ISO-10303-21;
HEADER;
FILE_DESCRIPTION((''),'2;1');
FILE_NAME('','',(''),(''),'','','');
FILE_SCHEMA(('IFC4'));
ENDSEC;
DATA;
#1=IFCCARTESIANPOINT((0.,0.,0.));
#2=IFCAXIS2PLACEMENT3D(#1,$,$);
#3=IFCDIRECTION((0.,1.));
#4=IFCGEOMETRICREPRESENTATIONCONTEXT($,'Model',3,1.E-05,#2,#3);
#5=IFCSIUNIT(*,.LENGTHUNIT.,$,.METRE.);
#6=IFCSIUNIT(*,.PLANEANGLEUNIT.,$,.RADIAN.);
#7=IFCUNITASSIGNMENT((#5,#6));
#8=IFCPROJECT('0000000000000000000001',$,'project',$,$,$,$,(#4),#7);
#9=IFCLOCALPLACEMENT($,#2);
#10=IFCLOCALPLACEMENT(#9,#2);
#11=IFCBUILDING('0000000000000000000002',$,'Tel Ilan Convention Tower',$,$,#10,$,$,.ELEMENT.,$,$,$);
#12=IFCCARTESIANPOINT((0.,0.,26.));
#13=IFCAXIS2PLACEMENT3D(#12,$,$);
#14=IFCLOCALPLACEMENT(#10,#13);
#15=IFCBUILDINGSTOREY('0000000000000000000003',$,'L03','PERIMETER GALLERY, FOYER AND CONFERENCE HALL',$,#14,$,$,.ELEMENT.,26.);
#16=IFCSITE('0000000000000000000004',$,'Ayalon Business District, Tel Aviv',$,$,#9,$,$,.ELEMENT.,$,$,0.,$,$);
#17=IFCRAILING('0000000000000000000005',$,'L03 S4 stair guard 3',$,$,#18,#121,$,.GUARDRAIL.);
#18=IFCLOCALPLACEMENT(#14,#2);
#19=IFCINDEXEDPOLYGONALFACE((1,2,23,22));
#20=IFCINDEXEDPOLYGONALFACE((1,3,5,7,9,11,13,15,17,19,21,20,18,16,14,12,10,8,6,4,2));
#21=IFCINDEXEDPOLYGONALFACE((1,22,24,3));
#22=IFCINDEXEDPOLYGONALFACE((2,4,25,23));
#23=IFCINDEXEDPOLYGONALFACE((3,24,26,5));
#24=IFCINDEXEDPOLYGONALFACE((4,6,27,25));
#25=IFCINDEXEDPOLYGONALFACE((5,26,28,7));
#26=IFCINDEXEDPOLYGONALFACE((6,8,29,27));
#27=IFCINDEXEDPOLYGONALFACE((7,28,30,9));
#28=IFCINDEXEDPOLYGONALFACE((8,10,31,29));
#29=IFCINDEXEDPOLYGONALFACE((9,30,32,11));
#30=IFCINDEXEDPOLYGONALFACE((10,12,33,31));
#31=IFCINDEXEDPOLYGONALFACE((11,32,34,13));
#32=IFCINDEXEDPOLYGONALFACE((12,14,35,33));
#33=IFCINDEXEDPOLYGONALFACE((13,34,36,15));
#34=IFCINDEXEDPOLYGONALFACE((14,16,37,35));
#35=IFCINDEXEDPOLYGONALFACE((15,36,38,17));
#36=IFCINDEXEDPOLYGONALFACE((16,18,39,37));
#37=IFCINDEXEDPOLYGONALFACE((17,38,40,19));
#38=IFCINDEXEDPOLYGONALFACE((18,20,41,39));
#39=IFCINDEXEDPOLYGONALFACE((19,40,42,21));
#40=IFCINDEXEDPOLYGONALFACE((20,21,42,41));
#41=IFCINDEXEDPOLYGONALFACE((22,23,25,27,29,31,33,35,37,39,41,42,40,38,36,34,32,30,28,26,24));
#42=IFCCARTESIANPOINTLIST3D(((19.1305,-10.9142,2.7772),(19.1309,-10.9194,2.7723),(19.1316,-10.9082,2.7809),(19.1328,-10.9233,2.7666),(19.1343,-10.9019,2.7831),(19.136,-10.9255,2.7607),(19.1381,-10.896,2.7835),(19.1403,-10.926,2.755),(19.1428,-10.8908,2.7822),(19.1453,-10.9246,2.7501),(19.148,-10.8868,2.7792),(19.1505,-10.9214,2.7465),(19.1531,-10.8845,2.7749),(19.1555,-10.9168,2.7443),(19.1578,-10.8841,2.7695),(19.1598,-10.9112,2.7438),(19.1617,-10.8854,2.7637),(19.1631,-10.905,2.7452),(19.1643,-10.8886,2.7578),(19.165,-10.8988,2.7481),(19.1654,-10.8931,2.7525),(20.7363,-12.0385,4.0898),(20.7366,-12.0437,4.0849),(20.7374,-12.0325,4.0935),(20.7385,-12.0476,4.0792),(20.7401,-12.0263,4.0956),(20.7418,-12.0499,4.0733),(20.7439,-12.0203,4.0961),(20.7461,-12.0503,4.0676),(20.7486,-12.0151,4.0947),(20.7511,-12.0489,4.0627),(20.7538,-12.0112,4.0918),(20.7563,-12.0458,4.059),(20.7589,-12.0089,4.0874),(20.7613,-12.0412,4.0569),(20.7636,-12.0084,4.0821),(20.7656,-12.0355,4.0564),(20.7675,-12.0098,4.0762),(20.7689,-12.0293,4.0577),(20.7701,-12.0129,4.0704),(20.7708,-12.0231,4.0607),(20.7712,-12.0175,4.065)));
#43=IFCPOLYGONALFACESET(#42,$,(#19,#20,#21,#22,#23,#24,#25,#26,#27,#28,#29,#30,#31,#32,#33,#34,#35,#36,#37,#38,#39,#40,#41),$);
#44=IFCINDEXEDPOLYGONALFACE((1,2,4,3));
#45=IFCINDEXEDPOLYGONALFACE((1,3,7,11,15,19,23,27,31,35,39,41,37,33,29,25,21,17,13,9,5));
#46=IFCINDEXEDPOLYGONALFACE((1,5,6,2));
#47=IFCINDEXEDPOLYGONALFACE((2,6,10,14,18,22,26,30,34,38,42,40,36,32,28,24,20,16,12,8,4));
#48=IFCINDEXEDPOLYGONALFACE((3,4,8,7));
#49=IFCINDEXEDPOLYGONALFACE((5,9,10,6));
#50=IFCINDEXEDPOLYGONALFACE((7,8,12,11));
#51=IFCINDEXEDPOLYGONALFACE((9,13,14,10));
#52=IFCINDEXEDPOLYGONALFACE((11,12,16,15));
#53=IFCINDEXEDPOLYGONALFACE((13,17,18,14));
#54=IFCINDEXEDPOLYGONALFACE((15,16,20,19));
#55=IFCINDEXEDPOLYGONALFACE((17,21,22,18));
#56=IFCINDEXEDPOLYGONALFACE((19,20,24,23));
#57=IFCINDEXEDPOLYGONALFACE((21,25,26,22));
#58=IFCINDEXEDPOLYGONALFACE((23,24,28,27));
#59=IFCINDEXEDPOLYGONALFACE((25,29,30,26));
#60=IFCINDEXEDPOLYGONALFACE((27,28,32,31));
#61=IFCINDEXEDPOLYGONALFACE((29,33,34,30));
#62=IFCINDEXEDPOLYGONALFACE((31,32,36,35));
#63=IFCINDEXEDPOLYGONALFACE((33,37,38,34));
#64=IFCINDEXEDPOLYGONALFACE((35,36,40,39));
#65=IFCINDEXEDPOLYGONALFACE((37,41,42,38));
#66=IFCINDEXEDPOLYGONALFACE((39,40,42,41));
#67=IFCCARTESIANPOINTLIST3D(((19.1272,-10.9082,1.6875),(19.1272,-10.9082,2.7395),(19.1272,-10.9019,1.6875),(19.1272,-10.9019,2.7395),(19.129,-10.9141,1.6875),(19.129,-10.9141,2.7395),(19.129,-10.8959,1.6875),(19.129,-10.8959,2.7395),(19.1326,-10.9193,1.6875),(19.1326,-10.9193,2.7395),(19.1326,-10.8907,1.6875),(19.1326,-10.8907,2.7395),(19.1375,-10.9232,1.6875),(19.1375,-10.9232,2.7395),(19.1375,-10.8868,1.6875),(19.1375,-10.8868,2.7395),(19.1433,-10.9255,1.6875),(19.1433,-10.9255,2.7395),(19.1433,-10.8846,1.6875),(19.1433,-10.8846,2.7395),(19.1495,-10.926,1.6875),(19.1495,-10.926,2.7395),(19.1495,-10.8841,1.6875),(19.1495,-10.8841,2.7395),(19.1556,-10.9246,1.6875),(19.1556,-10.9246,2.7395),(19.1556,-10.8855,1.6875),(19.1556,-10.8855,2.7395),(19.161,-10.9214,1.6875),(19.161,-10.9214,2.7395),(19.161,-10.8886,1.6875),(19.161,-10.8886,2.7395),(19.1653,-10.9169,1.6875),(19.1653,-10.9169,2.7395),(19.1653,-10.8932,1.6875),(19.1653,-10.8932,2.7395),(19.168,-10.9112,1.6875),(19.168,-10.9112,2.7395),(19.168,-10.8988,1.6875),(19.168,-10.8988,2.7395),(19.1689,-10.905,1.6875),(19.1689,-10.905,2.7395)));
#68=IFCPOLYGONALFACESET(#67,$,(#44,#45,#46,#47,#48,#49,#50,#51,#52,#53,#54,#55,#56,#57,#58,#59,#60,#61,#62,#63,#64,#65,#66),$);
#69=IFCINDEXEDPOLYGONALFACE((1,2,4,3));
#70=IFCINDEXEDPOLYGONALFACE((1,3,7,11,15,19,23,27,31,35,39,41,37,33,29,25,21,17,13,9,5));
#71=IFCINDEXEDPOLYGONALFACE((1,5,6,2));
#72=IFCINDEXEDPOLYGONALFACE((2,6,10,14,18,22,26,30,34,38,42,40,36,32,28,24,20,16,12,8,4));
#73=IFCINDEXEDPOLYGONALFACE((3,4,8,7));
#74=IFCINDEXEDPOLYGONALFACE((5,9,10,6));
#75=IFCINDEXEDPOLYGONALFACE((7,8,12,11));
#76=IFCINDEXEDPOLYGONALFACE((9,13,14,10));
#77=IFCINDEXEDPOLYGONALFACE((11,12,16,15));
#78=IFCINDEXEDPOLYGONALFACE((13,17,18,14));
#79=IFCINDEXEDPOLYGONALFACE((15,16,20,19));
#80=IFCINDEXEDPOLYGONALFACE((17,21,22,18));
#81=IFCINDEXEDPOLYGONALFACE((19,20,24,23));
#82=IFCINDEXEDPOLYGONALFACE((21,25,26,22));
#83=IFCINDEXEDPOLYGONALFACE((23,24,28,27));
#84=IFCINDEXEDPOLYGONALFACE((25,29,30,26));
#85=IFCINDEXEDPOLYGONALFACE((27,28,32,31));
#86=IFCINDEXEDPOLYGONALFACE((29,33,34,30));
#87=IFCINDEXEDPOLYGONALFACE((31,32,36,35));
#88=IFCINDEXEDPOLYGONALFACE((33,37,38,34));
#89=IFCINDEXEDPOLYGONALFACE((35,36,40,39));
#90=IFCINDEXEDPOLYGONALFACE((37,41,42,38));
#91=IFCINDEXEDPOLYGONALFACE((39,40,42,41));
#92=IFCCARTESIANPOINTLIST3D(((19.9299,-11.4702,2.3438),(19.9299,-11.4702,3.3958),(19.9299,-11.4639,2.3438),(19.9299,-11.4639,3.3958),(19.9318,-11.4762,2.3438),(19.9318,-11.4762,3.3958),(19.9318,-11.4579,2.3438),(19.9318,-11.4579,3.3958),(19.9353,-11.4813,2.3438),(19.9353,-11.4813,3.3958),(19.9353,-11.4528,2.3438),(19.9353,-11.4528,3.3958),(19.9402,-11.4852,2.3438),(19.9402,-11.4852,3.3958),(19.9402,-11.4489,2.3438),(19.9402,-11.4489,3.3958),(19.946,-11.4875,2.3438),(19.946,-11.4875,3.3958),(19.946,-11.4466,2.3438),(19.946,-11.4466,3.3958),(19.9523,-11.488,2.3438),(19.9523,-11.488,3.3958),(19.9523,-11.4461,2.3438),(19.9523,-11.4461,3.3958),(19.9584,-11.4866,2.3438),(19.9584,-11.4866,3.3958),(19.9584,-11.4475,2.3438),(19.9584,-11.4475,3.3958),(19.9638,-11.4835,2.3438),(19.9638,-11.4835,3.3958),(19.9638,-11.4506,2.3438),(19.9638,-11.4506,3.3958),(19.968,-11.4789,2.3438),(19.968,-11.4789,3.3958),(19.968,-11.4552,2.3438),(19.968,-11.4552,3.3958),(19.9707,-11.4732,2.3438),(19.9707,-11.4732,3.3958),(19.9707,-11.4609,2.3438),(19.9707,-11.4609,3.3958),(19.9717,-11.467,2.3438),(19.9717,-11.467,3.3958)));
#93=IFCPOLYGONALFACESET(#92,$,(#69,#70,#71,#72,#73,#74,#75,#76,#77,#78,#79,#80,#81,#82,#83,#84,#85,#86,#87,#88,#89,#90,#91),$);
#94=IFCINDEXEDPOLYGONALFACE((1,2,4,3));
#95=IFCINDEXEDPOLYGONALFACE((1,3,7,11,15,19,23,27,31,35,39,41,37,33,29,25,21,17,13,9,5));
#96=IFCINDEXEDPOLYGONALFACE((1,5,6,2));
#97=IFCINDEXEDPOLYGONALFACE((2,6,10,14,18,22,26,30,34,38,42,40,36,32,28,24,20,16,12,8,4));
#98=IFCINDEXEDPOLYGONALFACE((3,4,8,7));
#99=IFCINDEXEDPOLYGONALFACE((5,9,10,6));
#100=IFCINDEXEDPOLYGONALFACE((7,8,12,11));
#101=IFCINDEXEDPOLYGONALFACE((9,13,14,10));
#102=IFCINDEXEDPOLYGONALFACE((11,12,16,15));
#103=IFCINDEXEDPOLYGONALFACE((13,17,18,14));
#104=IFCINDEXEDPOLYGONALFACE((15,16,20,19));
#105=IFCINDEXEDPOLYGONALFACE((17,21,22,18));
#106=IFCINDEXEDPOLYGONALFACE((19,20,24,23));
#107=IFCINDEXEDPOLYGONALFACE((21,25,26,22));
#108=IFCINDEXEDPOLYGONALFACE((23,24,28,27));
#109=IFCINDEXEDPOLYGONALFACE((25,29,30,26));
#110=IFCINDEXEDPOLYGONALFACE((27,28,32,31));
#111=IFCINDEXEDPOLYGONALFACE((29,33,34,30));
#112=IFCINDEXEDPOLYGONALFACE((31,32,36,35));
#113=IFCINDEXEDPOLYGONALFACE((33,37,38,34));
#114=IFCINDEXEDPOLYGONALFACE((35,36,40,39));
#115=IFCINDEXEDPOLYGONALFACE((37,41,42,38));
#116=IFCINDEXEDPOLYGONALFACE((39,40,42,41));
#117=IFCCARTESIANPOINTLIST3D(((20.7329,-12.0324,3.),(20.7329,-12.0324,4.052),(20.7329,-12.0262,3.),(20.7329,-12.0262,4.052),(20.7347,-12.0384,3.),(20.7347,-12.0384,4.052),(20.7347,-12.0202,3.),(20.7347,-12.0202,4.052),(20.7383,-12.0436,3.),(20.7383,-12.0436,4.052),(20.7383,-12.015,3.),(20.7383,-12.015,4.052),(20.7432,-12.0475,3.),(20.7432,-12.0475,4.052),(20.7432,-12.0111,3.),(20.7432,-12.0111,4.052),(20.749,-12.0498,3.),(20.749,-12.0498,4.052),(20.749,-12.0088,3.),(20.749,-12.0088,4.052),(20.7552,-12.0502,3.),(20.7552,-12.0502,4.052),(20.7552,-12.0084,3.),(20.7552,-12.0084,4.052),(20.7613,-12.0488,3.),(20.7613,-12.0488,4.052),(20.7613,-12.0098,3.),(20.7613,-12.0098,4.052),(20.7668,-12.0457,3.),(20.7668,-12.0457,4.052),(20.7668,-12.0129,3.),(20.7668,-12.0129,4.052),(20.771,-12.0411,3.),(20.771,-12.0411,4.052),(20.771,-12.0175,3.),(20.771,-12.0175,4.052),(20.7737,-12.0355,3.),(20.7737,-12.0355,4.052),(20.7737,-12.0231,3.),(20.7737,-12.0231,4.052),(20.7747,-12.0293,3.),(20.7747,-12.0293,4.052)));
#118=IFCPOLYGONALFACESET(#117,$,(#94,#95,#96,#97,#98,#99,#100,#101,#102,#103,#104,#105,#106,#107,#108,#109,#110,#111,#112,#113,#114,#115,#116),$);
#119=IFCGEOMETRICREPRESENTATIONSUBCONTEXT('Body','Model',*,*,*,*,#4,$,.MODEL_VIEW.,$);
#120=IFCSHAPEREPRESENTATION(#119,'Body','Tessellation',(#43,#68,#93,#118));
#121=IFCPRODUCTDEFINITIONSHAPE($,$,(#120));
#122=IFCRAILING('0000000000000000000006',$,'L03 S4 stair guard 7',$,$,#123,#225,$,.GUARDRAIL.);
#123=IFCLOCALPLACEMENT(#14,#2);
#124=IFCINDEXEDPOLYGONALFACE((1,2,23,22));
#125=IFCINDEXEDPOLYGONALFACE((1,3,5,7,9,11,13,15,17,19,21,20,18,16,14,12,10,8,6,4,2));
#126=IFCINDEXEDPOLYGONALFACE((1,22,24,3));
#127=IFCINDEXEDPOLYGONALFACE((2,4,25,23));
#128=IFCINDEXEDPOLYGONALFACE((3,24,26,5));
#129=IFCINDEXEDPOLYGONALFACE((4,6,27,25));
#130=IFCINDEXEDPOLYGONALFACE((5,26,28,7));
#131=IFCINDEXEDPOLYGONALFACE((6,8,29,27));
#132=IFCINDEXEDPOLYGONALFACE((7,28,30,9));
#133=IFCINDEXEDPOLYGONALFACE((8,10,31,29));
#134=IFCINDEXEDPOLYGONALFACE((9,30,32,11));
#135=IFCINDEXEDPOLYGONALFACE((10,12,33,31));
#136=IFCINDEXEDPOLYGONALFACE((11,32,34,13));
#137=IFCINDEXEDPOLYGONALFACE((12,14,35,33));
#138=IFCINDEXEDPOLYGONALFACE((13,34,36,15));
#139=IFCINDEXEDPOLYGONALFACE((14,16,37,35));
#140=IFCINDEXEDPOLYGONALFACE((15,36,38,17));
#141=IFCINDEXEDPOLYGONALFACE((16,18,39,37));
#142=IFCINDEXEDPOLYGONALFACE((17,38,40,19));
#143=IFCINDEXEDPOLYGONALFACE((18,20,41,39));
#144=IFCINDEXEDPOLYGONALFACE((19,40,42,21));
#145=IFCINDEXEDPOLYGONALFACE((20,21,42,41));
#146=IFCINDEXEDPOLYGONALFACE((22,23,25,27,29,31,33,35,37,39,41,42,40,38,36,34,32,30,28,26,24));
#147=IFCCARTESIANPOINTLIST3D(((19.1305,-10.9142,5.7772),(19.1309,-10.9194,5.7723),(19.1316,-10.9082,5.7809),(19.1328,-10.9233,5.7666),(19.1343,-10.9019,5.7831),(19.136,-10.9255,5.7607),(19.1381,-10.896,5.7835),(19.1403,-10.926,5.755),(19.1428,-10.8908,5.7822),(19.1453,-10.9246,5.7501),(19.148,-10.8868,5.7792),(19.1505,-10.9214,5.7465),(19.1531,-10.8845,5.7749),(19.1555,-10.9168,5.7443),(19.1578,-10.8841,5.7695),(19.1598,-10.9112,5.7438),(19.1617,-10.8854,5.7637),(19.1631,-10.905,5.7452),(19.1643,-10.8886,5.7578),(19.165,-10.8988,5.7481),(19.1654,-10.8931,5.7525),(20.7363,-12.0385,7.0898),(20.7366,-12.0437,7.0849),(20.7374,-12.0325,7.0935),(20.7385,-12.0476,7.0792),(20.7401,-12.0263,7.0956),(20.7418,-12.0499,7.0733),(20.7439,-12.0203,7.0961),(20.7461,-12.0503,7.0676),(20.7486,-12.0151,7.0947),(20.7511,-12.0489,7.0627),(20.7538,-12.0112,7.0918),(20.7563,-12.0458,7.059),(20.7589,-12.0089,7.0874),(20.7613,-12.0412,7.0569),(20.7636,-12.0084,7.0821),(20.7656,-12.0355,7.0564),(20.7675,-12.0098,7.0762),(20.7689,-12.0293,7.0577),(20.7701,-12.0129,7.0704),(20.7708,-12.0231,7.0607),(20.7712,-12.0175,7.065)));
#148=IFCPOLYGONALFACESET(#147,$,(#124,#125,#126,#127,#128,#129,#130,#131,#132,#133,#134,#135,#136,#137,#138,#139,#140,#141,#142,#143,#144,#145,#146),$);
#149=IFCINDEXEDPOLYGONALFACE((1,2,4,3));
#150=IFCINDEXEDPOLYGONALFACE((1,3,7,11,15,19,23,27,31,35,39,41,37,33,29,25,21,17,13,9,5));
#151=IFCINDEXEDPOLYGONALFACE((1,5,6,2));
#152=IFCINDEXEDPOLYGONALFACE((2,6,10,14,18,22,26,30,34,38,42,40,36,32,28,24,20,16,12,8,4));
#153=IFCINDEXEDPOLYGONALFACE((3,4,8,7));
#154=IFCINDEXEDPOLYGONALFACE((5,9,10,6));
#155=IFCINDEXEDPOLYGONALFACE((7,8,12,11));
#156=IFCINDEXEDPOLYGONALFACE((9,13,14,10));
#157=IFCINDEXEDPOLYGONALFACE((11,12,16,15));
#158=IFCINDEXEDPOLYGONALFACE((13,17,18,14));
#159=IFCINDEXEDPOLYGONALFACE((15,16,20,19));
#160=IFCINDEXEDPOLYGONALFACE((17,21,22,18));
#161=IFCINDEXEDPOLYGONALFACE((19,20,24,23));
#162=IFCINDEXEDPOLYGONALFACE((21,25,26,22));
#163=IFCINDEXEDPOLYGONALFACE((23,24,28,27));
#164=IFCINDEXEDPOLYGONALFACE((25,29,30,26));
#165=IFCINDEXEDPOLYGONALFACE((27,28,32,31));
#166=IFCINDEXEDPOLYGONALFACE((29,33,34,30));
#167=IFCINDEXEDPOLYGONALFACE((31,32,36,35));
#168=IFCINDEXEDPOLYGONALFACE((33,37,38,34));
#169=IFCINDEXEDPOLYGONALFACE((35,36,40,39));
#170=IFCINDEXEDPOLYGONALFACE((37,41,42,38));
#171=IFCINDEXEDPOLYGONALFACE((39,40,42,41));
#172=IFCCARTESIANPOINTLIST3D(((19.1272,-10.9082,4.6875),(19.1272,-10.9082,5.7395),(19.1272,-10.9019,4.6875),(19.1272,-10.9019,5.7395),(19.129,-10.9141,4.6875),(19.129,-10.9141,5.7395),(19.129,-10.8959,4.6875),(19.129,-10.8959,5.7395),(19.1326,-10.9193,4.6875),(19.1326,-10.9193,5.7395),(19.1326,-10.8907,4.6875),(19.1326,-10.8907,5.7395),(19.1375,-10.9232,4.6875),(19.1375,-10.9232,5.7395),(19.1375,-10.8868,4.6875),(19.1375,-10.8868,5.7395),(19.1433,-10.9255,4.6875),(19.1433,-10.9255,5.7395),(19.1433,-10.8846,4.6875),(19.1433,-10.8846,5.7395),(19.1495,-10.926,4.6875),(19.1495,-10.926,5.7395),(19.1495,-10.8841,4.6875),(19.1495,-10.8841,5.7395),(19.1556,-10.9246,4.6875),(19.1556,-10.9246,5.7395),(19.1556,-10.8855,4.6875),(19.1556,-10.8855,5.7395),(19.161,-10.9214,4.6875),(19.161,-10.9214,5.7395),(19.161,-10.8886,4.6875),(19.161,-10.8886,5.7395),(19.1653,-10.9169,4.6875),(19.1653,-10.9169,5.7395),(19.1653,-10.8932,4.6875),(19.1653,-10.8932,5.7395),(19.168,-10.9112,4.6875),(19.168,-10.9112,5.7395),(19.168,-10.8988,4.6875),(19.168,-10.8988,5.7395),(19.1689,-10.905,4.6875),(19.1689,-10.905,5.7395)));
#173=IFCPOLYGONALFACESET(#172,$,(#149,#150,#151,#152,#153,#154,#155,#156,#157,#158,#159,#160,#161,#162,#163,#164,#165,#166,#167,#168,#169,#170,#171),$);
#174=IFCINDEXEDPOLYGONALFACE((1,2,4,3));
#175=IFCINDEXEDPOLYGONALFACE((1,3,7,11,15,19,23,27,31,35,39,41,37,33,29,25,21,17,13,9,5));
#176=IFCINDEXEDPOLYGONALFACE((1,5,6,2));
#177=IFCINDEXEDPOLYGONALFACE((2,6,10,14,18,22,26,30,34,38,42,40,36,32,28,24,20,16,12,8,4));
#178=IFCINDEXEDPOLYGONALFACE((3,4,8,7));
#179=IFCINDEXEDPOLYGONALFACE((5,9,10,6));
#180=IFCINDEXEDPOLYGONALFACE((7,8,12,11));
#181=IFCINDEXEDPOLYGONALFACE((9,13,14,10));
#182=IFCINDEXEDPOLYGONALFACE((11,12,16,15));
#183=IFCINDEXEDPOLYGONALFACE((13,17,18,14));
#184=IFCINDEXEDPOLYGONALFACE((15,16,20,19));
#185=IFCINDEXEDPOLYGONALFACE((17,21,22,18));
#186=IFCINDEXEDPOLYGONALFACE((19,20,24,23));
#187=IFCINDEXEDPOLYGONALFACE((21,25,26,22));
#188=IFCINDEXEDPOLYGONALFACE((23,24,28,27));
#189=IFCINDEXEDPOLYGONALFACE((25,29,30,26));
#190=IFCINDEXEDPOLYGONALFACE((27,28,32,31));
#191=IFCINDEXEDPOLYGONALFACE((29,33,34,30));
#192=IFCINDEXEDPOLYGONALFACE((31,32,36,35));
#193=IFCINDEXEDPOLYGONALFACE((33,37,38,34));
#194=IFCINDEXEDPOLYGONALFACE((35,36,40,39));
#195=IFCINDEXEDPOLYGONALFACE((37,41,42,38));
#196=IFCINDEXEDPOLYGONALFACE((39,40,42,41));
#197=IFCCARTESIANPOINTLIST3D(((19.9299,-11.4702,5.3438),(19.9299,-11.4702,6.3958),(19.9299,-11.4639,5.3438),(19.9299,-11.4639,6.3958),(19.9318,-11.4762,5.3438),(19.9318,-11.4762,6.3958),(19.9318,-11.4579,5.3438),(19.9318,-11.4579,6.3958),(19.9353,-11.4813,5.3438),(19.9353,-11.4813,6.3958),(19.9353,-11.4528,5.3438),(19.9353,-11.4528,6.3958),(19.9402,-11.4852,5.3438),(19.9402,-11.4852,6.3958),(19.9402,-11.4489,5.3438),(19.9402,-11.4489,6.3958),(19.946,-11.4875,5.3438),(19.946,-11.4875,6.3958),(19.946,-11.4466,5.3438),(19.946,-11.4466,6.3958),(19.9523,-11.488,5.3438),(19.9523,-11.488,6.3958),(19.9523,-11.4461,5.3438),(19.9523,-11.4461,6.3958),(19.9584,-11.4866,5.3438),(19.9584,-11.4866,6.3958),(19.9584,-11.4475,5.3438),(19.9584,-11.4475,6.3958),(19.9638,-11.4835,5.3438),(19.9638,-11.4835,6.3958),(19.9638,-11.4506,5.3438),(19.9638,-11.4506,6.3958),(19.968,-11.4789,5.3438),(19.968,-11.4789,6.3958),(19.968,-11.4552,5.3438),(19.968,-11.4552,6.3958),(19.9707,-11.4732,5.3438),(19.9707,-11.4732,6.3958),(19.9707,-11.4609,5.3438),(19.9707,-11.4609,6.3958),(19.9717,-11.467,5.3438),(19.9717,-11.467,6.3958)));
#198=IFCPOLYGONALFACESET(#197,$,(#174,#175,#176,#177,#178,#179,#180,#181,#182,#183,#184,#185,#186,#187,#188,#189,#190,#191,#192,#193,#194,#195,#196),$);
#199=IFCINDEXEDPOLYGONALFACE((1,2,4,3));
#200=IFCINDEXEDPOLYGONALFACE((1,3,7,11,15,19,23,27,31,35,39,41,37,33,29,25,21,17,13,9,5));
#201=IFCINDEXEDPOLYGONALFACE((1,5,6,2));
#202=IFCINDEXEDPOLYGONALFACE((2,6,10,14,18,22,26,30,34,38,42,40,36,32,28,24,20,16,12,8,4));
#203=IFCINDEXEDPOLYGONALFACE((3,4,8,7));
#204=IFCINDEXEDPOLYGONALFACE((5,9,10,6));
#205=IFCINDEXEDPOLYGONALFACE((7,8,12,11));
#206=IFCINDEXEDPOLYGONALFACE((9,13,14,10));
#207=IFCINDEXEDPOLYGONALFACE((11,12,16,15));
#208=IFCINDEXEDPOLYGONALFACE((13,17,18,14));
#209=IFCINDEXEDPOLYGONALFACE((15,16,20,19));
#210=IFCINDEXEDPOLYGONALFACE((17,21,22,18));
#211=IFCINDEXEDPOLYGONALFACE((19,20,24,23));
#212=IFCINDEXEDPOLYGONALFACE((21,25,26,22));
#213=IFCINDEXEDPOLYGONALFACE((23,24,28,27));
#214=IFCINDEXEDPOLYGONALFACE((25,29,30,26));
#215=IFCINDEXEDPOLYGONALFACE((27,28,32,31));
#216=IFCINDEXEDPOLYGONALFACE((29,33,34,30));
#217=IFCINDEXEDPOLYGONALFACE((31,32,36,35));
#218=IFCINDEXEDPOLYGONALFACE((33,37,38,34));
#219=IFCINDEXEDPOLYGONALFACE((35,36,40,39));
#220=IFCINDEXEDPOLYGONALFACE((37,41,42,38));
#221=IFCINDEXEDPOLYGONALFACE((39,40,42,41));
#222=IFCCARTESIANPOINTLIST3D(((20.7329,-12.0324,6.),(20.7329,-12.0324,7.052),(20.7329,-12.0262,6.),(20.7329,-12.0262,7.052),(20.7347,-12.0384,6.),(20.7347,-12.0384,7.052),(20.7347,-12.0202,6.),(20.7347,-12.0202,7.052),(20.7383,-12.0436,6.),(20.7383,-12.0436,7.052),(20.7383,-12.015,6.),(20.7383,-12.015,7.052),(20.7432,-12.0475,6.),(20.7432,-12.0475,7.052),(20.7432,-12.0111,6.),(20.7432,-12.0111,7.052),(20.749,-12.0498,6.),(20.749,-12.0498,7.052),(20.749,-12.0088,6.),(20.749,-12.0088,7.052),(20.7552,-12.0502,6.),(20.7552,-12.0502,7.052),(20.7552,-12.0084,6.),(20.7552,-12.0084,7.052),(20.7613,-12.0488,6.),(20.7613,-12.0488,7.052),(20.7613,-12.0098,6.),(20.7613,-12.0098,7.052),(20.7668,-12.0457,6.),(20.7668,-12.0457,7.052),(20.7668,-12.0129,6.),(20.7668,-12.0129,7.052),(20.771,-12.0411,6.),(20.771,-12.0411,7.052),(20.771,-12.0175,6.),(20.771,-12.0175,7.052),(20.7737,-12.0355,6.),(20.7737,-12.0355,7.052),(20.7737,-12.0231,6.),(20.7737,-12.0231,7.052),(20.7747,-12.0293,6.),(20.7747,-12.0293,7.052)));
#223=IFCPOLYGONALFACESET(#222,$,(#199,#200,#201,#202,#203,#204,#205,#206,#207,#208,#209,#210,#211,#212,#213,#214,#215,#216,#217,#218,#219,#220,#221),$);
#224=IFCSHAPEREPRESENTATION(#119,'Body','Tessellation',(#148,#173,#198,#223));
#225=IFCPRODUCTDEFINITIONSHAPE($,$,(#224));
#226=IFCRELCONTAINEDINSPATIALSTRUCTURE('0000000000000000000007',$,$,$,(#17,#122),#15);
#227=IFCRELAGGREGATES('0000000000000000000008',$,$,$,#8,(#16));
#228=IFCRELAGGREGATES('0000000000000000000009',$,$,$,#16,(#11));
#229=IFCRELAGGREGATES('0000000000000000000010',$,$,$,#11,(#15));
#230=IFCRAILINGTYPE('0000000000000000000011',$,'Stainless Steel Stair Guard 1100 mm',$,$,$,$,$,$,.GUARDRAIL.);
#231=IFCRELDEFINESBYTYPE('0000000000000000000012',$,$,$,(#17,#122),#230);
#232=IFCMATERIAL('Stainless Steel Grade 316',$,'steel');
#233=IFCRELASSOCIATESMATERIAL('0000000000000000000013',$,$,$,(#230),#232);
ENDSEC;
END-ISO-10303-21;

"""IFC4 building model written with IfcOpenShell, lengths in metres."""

from ifc_helpers import new_model, si_unit, direction, frame, origin, origin_2d, place, context, subcontext, project, spatial, circle, extrude, material, type_object, element, save


model = new_model("IFC4")

# Units and contexts
model_context = context("Model", 3, precision=1e-05, world=origin(), true_north=direction((0.0, 1.0)))
body_context = subcontext(model_context, "Body", "Model", "MODEL_VIEW")
ifc_project = project(units=[si_unit("LENGTHUNIT", "METRE"), si_unit("PLANEANGLEUNIT", "RADIAN")], contexts=[model_context])

# Site, building, storey
site_placement = place(None, origin())
site = spatial("IfcSite", under=ifc_project, at=site_placement, Name="Ayalon Business District, Tel Aviv", CompositionType="ELEMENT", RefElevation=0.0)
building_placement = place(site_placement, origin())
building = spatial("IfcBuilding", under=site, at=building_placement, Name="Tel Ilan Convention Tower", CompositionType="ELEMENT")
storey_placement = place(building_placement, frame((0.0, 0.0, 26.0)))
storey = spatial("IfcBuildingStorey", under=building, at=storey_placement, Name="L03", Description="PERIMETER GALLERY, FOYER AND CONFERENCE HALL", CompositionType="ELEMENT", Elevation=26.0)

# Railings
ifc_material_1 = material(Name="Stainless Steel Grade 316", Category="steel")
railing_type_1 = type_object("IfcRailingType", Name="Stainless Steel Stair Guard 1100 mm", PredefinedType="GUARDRAIL", material=ifc_material_1)
for number, where, name in (
    (1, (19.1479, -10.905, 1.6875), "L03 S4 stair guard 3"),
    (2, (19.1479, -10.905, 4.6875), "L03 S4 stair guard 7"),
):
    element("IfcRailing", number, at=place(storey_placement, frame(where)), inside=storey, type_object=railing_type_1, Name=name, PredefinedType="GUARDRAIL", context=body_context, shape_type="SweptSolid", body=[
        extrude(circle(Radius=0.0239, at=origin_2d()), frame((0.0, 0.0, 1.0762), z_axis=(0.680671, -0.476584, 0.556376), x_axis=(0.573554, 0.819168, 0.0)), (0.0, 0.0, 1.0), 2.3591),
        extrude(circle(Radius=0.021, at=origin_2d()), origin(), (0.0, 0.0, 1.0), 1.052),
        extrude(circle(Radius=0.021, at=origin_2d()), frame((0.8027, -0.562, 0.6562)), (0.0, 0.0, 1.0), 1.052),
        extrude(circle(Radius=0.021, at=origin_2d()), frame((1.6057, -1.1243, 1.3125)), (0.0, 0.0, 1.0), 1.052),
    ])

save(model, "model.ifc")
